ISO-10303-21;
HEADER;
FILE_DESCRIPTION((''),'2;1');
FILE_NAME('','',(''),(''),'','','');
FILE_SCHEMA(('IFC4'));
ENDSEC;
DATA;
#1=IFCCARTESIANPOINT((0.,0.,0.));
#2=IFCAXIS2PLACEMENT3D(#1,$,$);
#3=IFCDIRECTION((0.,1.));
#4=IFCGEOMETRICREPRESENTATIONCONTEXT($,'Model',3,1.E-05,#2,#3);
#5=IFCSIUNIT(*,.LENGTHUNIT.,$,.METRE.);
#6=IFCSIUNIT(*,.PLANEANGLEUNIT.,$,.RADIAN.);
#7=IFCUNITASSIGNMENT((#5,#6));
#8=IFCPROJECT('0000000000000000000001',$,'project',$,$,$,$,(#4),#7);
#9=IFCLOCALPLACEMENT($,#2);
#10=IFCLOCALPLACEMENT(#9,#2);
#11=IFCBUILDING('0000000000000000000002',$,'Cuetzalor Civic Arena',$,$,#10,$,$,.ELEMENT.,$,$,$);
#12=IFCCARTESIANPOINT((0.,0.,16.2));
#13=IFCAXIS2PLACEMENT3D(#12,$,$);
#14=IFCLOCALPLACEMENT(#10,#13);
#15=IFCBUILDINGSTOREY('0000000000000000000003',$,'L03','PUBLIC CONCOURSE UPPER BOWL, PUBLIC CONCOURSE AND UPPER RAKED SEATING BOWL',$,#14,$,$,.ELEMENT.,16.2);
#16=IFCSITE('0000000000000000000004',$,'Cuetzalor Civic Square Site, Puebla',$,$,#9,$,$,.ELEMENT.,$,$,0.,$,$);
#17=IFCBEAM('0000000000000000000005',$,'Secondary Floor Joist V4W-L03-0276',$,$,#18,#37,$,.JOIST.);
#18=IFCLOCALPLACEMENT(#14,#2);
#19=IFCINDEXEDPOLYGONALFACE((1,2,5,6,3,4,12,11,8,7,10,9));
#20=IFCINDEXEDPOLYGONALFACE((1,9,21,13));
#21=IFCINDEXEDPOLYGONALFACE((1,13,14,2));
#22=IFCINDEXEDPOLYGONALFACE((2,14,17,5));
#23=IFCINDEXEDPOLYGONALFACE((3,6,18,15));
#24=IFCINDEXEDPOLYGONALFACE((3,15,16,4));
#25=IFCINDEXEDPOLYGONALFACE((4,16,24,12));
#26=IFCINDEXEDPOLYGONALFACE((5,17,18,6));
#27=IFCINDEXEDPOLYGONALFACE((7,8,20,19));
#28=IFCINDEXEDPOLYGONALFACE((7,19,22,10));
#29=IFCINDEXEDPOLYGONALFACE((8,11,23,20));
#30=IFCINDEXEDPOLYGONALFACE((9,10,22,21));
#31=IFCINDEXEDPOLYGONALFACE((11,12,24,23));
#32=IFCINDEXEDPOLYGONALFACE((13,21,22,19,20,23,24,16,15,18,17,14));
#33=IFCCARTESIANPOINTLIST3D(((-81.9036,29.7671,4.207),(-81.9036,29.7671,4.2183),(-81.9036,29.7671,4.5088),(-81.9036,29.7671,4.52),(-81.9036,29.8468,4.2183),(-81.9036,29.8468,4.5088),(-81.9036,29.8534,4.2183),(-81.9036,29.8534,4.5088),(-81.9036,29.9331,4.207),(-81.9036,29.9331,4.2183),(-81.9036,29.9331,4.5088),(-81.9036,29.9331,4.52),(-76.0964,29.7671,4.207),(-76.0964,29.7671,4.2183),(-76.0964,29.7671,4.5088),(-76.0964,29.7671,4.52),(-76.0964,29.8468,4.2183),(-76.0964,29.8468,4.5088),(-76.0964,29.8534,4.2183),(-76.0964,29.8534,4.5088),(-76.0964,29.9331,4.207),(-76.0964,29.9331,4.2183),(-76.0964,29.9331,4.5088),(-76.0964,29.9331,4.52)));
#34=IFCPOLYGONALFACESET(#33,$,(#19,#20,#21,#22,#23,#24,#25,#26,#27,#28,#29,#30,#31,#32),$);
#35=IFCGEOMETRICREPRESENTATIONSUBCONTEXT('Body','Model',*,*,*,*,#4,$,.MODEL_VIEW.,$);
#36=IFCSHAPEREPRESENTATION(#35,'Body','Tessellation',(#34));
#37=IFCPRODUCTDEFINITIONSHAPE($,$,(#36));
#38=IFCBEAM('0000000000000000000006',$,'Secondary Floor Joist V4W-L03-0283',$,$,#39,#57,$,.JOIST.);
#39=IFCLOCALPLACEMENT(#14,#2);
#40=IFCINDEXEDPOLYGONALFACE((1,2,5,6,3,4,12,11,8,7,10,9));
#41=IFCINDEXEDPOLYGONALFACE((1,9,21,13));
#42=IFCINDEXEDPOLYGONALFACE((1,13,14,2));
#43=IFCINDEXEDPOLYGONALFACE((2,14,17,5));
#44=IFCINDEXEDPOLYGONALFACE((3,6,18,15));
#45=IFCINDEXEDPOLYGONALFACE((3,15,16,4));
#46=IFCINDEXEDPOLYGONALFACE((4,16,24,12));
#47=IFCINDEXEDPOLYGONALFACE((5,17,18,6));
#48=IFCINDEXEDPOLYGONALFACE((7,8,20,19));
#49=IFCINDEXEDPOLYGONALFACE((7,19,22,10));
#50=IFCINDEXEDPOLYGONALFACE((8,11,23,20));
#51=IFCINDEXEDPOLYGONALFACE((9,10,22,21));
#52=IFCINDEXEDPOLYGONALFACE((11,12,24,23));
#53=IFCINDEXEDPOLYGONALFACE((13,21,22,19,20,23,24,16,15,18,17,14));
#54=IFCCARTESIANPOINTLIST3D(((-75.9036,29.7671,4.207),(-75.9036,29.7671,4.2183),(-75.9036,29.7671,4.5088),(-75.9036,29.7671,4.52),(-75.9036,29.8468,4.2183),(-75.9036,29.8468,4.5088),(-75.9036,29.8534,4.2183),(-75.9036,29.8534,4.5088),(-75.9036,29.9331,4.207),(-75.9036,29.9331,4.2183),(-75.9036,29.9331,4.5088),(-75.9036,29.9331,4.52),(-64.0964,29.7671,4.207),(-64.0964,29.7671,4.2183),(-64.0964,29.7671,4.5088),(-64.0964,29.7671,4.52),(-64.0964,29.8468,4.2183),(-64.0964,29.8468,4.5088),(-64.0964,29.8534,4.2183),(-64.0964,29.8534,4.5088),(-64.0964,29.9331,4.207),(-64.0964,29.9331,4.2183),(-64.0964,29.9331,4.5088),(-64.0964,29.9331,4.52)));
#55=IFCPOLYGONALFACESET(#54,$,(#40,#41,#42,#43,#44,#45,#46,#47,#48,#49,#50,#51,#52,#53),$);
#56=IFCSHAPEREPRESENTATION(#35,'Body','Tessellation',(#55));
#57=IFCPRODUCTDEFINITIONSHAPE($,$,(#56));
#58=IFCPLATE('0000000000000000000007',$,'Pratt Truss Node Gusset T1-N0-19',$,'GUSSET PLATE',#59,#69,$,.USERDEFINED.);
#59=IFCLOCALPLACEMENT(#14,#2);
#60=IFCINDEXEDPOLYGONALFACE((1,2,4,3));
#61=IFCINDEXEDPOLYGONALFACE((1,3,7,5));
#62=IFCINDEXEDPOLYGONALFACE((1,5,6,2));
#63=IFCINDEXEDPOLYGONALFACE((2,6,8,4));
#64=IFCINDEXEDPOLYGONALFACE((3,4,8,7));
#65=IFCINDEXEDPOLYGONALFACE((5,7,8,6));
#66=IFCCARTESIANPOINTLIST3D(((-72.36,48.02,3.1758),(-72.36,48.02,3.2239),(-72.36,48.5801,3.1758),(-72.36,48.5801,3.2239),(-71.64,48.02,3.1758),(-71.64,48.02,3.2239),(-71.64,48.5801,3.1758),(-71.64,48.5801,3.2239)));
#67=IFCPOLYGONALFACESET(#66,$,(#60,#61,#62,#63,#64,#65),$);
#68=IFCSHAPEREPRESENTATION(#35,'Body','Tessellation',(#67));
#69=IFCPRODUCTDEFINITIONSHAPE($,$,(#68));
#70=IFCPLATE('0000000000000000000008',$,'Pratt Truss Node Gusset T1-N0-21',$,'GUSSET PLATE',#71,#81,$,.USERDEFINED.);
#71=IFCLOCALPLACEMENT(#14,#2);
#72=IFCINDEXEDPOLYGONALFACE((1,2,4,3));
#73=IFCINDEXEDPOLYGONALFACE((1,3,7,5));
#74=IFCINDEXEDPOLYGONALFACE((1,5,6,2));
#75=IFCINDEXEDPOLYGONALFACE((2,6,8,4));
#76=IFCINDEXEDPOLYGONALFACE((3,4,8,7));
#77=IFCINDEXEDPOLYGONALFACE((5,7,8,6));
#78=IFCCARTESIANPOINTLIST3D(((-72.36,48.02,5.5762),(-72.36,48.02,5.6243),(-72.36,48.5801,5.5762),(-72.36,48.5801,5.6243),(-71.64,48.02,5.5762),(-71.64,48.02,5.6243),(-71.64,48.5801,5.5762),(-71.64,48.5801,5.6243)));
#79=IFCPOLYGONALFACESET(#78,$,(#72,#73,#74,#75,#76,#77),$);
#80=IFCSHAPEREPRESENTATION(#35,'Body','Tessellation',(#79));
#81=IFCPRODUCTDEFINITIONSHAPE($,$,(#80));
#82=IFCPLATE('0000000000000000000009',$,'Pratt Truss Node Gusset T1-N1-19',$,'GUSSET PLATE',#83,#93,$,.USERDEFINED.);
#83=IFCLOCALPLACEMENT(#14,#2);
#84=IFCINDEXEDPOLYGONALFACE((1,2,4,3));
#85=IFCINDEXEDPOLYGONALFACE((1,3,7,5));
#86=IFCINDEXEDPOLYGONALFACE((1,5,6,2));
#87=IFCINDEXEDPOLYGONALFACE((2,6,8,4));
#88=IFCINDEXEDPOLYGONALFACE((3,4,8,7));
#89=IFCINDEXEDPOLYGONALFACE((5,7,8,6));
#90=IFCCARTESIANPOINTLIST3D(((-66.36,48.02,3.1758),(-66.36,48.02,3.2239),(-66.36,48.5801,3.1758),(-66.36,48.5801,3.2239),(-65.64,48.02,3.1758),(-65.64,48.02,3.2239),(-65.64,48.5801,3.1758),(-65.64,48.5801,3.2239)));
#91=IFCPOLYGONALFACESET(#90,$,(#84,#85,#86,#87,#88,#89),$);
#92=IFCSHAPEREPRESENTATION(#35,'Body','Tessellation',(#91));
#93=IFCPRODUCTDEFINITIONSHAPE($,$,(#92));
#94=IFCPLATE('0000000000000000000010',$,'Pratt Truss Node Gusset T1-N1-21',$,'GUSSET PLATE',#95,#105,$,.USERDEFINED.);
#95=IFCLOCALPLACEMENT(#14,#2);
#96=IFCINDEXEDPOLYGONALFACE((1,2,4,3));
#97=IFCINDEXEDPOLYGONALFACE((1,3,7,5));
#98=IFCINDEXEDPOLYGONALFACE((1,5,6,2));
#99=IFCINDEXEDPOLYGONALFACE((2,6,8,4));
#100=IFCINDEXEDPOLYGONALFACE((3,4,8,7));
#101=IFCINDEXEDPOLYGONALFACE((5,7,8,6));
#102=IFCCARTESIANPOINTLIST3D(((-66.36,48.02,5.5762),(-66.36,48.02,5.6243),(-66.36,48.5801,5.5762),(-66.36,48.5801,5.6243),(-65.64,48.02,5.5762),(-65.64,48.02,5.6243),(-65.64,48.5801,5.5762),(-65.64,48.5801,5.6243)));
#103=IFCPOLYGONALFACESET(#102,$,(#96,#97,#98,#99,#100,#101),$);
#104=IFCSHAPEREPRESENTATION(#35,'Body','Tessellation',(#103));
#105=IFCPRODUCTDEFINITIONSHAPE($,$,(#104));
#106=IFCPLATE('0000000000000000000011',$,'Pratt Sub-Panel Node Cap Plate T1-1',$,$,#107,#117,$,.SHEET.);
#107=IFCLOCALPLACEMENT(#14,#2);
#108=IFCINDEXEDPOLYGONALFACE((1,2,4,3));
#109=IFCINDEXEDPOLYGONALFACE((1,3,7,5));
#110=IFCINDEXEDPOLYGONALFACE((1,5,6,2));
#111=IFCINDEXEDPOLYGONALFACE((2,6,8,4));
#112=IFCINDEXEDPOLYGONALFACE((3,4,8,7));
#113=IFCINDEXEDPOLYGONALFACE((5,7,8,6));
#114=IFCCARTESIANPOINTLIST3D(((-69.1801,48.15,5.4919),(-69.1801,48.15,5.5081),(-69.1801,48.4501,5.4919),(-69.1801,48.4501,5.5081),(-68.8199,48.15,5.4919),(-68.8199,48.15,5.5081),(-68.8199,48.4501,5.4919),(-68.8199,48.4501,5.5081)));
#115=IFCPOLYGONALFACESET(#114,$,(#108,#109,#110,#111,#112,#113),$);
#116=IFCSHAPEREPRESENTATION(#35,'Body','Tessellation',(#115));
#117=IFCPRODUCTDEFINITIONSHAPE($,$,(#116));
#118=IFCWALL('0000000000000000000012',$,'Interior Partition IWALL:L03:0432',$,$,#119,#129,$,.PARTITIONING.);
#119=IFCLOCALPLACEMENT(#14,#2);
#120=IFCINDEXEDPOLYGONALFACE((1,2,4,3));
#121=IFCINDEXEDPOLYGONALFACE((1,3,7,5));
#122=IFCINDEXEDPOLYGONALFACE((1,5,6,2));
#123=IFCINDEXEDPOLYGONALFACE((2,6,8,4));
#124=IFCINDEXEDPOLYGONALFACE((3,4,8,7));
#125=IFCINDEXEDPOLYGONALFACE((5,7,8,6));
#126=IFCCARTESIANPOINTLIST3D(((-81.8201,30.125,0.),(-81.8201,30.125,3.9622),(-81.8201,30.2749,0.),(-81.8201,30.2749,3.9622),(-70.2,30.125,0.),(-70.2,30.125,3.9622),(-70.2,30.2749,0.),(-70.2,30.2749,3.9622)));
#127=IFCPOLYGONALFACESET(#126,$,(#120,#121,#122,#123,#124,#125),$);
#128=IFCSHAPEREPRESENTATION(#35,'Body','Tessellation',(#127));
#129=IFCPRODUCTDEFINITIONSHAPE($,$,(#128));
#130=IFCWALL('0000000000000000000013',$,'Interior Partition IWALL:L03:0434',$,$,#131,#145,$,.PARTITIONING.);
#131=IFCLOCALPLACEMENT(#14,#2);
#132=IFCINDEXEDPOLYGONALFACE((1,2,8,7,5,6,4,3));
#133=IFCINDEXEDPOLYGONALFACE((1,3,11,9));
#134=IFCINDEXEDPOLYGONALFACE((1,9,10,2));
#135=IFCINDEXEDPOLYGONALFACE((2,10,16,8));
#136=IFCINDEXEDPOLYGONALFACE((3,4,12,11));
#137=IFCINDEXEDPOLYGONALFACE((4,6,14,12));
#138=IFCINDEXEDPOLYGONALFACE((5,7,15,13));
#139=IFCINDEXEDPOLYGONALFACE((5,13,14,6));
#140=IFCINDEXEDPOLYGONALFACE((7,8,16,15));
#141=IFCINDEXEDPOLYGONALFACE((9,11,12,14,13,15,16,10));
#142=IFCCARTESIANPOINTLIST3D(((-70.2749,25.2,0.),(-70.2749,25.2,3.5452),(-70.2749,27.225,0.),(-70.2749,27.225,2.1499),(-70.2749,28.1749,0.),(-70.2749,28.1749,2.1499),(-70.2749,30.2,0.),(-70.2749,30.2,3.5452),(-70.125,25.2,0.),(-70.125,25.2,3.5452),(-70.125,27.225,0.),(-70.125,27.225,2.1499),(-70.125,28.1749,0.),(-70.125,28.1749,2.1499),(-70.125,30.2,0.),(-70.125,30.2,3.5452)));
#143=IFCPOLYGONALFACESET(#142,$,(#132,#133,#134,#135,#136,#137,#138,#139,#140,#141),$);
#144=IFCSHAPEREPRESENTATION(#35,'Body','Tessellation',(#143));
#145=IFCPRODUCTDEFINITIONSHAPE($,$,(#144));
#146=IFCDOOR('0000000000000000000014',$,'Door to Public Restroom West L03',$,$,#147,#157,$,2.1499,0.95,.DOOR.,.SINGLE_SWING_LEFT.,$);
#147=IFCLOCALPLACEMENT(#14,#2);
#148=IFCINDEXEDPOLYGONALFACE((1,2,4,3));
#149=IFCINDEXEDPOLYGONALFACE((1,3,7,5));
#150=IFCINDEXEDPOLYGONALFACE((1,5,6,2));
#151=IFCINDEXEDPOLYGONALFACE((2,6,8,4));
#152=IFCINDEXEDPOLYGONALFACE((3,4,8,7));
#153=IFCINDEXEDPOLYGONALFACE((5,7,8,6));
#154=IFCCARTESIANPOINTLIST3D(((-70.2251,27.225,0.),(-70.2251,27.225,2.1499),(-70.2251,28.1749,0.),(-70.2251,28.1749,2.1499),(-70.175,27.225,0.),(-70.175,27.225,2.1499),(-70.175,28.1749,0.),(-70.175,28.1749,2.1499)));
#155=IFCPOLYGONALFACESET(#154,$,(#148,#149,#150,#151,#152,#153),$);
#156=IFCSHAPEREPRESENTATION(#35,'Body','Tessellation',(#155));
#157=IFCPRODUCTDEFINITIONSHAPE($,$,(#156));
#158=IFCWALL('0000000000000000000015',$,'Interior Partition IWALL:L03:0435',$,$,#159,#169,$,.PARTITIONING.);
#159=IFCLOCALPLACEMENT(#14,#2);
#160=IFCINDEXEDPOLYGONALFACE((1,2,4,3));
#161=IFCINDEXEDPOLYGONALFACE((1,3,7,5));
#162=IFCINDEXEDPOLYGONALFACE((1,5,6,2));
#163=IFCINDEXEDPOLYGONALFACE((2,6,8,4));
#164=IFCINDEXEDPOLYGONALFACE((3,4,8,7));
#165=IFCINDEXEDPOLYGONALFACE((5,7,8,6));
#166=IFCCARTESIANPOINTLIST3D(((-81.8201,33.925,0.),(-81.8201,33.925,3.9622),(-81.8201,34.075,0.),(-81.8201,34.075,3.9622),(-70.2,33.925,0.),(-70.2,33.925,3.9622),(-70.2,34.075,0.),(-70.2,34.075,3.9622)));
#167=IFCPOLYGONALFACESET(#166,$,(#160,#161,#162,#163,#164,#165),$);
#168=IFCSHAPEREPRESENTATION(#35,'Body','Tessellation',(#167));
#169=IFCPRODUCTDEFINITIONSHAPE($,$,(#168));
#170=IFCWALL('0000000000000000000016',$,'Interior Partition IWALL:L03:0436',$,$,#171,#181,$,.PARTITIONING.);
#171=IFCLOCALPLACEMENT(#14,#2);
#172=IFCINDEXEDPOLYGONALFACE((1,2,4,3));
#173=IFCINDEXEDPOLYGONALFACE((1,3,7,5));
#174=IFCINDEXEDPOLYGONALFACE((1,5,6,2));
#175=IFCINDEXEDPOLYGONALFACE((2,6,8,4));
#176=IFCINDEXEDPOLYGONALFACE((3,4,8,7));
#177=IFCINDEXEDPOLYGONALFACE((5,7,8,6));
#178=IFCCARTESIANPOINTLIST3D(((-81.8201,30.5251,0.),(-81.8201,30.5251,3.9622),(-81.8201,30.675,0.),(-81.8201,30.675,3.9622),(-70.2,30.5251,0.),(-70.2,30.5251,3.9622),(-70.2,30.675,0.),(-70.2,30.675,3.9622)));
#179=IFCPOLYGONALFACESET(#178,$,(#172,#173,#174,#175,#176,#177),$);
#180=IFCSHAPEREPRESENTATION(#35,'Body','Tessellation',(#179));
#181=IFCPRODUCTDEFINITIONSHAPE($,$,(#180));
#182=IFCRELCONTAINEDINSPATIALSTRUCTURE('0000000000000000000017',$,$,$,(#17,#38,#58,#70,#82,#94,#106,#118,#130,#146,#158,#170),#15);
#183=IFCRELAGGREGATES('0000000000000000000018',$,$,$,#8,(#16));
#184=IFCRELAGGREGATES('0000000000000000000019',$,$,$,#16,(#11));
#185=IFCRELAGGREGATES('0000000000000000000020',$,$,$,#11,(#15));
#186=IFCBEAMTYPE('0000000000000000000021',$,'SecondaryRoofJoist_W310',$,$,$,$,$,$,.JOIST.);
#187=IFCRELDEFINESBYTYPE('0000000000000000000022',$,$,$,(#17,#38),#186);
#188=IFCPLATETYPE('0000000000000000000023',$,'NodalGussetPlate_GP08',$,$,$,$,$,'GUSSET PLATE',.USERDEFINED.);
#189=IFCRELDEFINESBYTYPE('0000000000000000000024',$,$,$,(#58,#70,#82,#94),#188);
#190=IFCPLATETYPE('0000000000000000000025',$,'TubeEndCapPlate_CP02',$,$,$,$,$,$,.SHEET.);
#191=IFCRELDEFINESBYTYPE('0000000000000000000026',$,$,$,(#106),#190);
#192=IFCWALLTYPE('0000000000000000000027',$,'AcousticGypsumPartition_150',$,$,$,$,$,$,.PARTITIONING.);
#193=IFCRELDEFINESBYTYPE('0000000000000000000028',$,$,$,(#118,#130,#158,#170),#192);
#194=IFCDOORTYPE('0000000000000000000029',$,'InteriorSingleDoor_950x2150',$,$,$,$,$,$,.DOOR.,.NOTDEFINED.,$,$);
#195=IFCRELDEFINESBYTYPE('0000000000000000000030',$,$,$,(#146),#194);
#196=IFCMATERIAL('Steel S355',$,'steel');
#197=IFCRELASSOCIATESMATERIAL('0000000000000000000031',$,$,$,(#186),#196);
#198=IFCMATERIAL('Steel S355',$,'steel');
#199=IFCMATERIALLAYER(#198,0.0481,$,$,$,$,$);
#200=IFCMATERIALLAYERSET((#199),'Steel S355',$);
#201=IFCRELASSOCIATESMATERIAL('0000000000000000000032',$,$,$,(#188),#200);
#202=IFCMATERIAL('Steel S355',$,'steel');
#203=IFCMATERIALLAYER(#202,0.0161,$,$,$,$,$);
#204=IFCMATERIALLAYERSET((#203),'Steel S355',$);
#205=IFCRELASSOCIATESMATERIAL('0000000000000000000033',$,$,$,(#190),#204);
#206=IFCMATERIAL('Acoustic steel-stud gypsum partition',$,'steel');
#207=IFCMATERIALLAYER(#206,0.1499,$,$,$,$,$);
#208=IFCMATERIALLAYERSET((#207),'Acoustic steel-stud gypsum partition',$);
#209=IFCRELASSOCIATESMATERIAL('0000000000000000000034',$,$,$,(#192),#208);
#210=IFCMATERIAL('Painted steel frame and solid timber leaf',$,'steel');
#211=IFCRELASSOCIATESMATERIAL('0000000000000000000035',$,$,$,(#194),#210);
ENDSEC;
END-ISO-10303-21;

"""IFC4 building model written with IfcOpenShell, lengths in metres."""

from ifc_helpers import new_model, si_unit, direction, frame, frame_2d, origin, origin_2d, place, context, subcontext, project, spatial, rectangle, i_section, extrude, material, layer, layer_set, material_profile, profile_set, type_object, element, fill, save


model = new_model("IFC4")

# Units and contexts
model_context = context("Model", 3, precision=1e-05, world=origin(), true_north=direction((0.0, 1.0)))
body_context = subcontext(model_context, "Body", "Model", "MODEL_VIEW")
ifc_project = project(units=[si_unit("LENGTHUNIT", "METRE"), si_unit("PLANEANGLEUNIT", "RADIAN")], contexts=[model_context])

# Site, building, storey
site_placement = place(None, origin())
site = spatial("IfcSite", under=ifc_project, at=site_placement, Name="Cuetzalor Civic Square Site, Puebla", CompositionType="ELEMENT", RefElevation=0.0)
building_placement = place(site_placement, origin())
building = spatial("IfcBuilding", under=site, at=building_placement, Name="Cuetzalor Civic Arena", CompositionType="ELEMENT")
storey_placement = place(building_placement, frame((0.0, 0.0, 16.2)))
storey = spatial("IfcBuildingStorey", under=building, at=storey_placement, Name="L03", Description="PUBLIC CONCOURSE UPPER BOWL, PUBLIC CONCOURSE AND UPPER RAKED SEATING BOWL", CompositionType="ELEMENT", Elevation=16.2)

# Beams
ifc_material_1 = material(Name="Steel S355", Category="steel")
ifc_material_profile_1 = material_profile(ifc_material_1, i_section(OverallWidth=0.166, OverallDepth=0.313, WebThickness=0.0066, FlangeThickness=0.0112, at=origin_2d()), Name="W310x45")
ifc_profile_set_1 = profile_set([ifc_material_profile_1], Name="Steel S355")
beam_type_1 = type_object("IfcBeamType", Name="SecondaryRoofJoist_W310", PredefinedType="JOIST", material=ifc_profile_set_1)
beam_1_placement = place(storey_placement, frame((-81.9036, 29.8501, 4.3635), z_axis=(1.0, 0.0, 0.0), x_axis=(0.0, 1.0, 0.0)))
element("IfcBeam", 1, at=beam_1_placement, inside=storey, type_object=beam_type_1, Name="Secondary Floor Joist V4W-L03-0276", PredefinedType="JOIST", context=body_context, shape_type="SweptSolid", body=[
    extrude(i_section(OverallWidth=0.166, OverallDepth=0.313, WebThickness=0.0066, FlangeThickness=0.0112, at=origin_2d()), origin(), (0.0, 0.0, 1.0), 5.8071),
])
beam_2_placement = place(storey_placement, frame((-75.9036, 29.8501, 4.3635), z_axis=(1.0, 0.0, 0.0), x_axis=(0.0, 1.0, 0.0)))
element("IfcBeam", 2, at=beam_2_placement, inside=storey, type_object=beam_type_1, Name="Secondary Floor Joist V4W-L03-0283", PredefinedType="JOIST", context=body_context, shape_type="SweptSolid", body=[
    extrude(i_section(OverallWidth=0.166, OverallDepth=0.313, WebThickness=0.0066, FlangeThickness=0.0112, at=origin_2d()), origin(), (0.0, 0.0, 1.0), 11.8071),
])

# Plates
ifc_material_2 = material(Name="Steel S355", Category="steel")
ifc_layer_1 = layer(ifc_material_2, 0.0481)
ifc_layer_set_1 = layer_set([ifc_layer_1], Name="Steel S355")
plate_type_1 = type_object("IfcPlateType", Name="NodalGussetPlate_GP08", ElementType="GUSSET PLATE", PredefinedType="USERDEFINED", material=ifc_layer_set_1)
for number, where, z_axis, x_axis, name in (
    (3, (-72.0, 48.3, 3.1758), (0.0, 0.0, 1.0), (1.0, 0.0, 0.0), "Pratt Truss Node Gusset T1-N0-19"),
    (4, (-72.0, 48.3, 5.5762), (0.0, 0.0, 1.0), (1.0, 0.0, 0.0), "Pratt Truss Node Gusset T1-N0-21"),
    (5, (-66.0, 48.3, 3.1758), (0.0, 0.0, 1.0), (1.0, 0.0, 0.0), "Pratt Truss Node Gusset T1-N1-19"),
    (6, (-66.0, 48.3, 5.5762), (0.0, 0.0, 1.0), (1.0, 0.0, 0.0), "Pratt Truss Node Gusset T1-N1-21"),
):
    element("IfcPlate", number, at=place(storey_placement, frame(where, z_axis=z_axis, x_axis=x_axis)), inside=storey, type_object=plate_type_1, Name=name, ObjectType="GUSSET PLATE", PredefinedType="USERDEFINED", context=body_context, shape_type="SweptSolid", body=[
        extrude(rectangle(XDim=0.72, YDim=0.5601, at=origin_2d()), origin(), (0.0, 0.0, 1.0), 0.0481),
    ])
ifc_material_3 = material(Name="Steel S355", Category="steel")
ifc_layer_2 = layer(ifc_material_3, 0.0161)
ifc_layer_set_2 = layer_set([ifc_layer_2], Name="Steel S355")
plate_type_2 = type_object("IfcPlateType", Name="TubeEndCapPlate_CP02", PredefinedType="SHEET", material=ifc_layer_set_2)
plate_placement = place(storey_placement, frame((-69.0, 48.3, 5.4919), z_axis=(0.0, 0.0, 1.0), x_axis=(1.0, 0.0, 0.0)))
element("IfcPlate", 7, at=plate_placement, inside=storey, type_object=plate_type_2, Name="Pratt Sub-Panel Node Cap Plate T1-1", PredefinedType="SHEET", context=body_context, shape_type="SweptSolid", body=[
    extrude(rectangle(XDim=0.3601, YDim=0.3, at=origin_2d()), origin(), (0.0, 0.0, 1.0), 0.0161),
])

# Wall
ifc_material_4 = material(Name="Acoustic steel-stud gypsum partition", Category="steel")
ifc_layer_3 = layer(ifc_material_4, 0.1499)
ifc_layer_set_3 = layer_set([ifc_layer_3], Name="Acoustic steel-stud gypsum partition")
wall_type = type_object("IfcWallType", Name="AcousticGypsumPartition_150", PredefinedType="PARTITIONING", material=ifc_layer_set_3)
wall_1_placement = place(storey_placement, frame((-81.8201, 30.2, 0.0), z_axis=(0.0, 0.0, 1.0), x_axis=(1.0, 0.0, 0.0)))
element("IfcWall", 8, at=wall_1_placement, inside=storey, type_object=wall_type, Name="Interior Partition IWALL:L03:0432", PredefinedType="PARTITIONING", context=body_context, shape_type="SweptSolid", body=[
    extrude(rectangle(XDim=11.6201, YDim=0.1499, at=frame_2d((5.8101, 0.0))), origin(), (0.0, 0.0, 1.0), 3.9622),
])

# Wall, opening, door
wall_2_placement = place(storey_placement, frame((-70.2, 30.2, 0.0), z_axis=(0.0, 0.0, 1.0), x_axis=(0.0, -1.0, 0.0)))
wall_2 = element("IfcWall", 9, at=wall_2_placement, inside=storey, type_object=wall_type, Name="Interior Partition IWALL:L03:0434", PredefinedType="PARTITIONING", context=body_context, shape_type="SweptSolid", body=[
    extrude(rectangle(XDim=5.0, YDim=0.1499, at=frame_2d((2.5, 0.0))), origin(), (0.0, 0.0, 1.0), 3.5452),
])
opening_1_placement = place(wall_2_placement, frame((2.0249, 0.0, 0.0)))
opening_1 = element("IfcOpeningElement", 10, at=opening_1_placement, cuts=wall_2, PredefinedType="OPENING", context=body_context, shape_type="SweptSolid", body=[
    extrude(rectangle(XDim=0.95, YDim=2.1499, at=frame_2d((0.4751, 1.075))), frame((0.0, 0.085, 0.0), z_axis=(0.0, -1.0, 0.0), x_axis=(1.0, 0.0, 0.0)), (0.0, 0.0, 1.0), 0.1699),
])
ifc_material_5 = material(Name="Painted steel frame and solid timber leaf", Category="steel")
door_type = type_object("IfcDoorType", Name="InteriorSingleDoor_950x2150", OperationType="NOTDEFINED", PredefinedType="DOOR", material=ifc_material_5)
door_1_placement = place(opening_1_placement, origin())
door_1 = element("IfcDoor", 11, at=door_1_placement, inside=storey, type_object=door_type, Name="Door to Public Restroom West L03", OperationType="SINGLE_SWING_LEFT", OverallHeight=2.1499, OverallWidth=0.95, PredefinedType="DOOR", context=body_context, shape_type="SweptSolid", body=[
    extrude(rectangle(XDim=0.95, YDim=2.1499, at=frame_2d((0.4751, 1.075))), frame((0.0, 0.0249, 0.0), z_axis=(0.0, -1.0, 0.0), x_axis=(1.0, 0.0, 0.0)), (0.0, 0.0, 1.0), 0.05),
])
fill(opening_1, door_1)

# Walls
for number, where, z_axis, x_axis, name in (
    (12, (-81.8201, 34.0, 0.0), (0.0, 0.0, 1.0), (1.0, 0.0, 0.0), "Interior Partition IWALL:L03:0435"),
    (13, (-70.2, 30.6001, 0.0), (0.0, 0.0, 1.0), (-1.0, 0.0, 0.0), "Interior Partition IWALL:L03:0436"),
):
    element("IfcWall", number, at=place(storey_placement, frame(where, z_axis=z_axis, x_axis=x_axis)), inside=storey, type_object=wall_type, Name=name, PredefinedType="PARTITIONING", context=body_context, shape_type="SweptSolid", body=[
        extrude(rectangle(XDim=11.6201, YDim=0.1499, at=frame_2d((5.8101, 0.0))), origin(), (0.0, 0.0, 1.0), 3.9622),
    ])

save(model, "model.ifc")
